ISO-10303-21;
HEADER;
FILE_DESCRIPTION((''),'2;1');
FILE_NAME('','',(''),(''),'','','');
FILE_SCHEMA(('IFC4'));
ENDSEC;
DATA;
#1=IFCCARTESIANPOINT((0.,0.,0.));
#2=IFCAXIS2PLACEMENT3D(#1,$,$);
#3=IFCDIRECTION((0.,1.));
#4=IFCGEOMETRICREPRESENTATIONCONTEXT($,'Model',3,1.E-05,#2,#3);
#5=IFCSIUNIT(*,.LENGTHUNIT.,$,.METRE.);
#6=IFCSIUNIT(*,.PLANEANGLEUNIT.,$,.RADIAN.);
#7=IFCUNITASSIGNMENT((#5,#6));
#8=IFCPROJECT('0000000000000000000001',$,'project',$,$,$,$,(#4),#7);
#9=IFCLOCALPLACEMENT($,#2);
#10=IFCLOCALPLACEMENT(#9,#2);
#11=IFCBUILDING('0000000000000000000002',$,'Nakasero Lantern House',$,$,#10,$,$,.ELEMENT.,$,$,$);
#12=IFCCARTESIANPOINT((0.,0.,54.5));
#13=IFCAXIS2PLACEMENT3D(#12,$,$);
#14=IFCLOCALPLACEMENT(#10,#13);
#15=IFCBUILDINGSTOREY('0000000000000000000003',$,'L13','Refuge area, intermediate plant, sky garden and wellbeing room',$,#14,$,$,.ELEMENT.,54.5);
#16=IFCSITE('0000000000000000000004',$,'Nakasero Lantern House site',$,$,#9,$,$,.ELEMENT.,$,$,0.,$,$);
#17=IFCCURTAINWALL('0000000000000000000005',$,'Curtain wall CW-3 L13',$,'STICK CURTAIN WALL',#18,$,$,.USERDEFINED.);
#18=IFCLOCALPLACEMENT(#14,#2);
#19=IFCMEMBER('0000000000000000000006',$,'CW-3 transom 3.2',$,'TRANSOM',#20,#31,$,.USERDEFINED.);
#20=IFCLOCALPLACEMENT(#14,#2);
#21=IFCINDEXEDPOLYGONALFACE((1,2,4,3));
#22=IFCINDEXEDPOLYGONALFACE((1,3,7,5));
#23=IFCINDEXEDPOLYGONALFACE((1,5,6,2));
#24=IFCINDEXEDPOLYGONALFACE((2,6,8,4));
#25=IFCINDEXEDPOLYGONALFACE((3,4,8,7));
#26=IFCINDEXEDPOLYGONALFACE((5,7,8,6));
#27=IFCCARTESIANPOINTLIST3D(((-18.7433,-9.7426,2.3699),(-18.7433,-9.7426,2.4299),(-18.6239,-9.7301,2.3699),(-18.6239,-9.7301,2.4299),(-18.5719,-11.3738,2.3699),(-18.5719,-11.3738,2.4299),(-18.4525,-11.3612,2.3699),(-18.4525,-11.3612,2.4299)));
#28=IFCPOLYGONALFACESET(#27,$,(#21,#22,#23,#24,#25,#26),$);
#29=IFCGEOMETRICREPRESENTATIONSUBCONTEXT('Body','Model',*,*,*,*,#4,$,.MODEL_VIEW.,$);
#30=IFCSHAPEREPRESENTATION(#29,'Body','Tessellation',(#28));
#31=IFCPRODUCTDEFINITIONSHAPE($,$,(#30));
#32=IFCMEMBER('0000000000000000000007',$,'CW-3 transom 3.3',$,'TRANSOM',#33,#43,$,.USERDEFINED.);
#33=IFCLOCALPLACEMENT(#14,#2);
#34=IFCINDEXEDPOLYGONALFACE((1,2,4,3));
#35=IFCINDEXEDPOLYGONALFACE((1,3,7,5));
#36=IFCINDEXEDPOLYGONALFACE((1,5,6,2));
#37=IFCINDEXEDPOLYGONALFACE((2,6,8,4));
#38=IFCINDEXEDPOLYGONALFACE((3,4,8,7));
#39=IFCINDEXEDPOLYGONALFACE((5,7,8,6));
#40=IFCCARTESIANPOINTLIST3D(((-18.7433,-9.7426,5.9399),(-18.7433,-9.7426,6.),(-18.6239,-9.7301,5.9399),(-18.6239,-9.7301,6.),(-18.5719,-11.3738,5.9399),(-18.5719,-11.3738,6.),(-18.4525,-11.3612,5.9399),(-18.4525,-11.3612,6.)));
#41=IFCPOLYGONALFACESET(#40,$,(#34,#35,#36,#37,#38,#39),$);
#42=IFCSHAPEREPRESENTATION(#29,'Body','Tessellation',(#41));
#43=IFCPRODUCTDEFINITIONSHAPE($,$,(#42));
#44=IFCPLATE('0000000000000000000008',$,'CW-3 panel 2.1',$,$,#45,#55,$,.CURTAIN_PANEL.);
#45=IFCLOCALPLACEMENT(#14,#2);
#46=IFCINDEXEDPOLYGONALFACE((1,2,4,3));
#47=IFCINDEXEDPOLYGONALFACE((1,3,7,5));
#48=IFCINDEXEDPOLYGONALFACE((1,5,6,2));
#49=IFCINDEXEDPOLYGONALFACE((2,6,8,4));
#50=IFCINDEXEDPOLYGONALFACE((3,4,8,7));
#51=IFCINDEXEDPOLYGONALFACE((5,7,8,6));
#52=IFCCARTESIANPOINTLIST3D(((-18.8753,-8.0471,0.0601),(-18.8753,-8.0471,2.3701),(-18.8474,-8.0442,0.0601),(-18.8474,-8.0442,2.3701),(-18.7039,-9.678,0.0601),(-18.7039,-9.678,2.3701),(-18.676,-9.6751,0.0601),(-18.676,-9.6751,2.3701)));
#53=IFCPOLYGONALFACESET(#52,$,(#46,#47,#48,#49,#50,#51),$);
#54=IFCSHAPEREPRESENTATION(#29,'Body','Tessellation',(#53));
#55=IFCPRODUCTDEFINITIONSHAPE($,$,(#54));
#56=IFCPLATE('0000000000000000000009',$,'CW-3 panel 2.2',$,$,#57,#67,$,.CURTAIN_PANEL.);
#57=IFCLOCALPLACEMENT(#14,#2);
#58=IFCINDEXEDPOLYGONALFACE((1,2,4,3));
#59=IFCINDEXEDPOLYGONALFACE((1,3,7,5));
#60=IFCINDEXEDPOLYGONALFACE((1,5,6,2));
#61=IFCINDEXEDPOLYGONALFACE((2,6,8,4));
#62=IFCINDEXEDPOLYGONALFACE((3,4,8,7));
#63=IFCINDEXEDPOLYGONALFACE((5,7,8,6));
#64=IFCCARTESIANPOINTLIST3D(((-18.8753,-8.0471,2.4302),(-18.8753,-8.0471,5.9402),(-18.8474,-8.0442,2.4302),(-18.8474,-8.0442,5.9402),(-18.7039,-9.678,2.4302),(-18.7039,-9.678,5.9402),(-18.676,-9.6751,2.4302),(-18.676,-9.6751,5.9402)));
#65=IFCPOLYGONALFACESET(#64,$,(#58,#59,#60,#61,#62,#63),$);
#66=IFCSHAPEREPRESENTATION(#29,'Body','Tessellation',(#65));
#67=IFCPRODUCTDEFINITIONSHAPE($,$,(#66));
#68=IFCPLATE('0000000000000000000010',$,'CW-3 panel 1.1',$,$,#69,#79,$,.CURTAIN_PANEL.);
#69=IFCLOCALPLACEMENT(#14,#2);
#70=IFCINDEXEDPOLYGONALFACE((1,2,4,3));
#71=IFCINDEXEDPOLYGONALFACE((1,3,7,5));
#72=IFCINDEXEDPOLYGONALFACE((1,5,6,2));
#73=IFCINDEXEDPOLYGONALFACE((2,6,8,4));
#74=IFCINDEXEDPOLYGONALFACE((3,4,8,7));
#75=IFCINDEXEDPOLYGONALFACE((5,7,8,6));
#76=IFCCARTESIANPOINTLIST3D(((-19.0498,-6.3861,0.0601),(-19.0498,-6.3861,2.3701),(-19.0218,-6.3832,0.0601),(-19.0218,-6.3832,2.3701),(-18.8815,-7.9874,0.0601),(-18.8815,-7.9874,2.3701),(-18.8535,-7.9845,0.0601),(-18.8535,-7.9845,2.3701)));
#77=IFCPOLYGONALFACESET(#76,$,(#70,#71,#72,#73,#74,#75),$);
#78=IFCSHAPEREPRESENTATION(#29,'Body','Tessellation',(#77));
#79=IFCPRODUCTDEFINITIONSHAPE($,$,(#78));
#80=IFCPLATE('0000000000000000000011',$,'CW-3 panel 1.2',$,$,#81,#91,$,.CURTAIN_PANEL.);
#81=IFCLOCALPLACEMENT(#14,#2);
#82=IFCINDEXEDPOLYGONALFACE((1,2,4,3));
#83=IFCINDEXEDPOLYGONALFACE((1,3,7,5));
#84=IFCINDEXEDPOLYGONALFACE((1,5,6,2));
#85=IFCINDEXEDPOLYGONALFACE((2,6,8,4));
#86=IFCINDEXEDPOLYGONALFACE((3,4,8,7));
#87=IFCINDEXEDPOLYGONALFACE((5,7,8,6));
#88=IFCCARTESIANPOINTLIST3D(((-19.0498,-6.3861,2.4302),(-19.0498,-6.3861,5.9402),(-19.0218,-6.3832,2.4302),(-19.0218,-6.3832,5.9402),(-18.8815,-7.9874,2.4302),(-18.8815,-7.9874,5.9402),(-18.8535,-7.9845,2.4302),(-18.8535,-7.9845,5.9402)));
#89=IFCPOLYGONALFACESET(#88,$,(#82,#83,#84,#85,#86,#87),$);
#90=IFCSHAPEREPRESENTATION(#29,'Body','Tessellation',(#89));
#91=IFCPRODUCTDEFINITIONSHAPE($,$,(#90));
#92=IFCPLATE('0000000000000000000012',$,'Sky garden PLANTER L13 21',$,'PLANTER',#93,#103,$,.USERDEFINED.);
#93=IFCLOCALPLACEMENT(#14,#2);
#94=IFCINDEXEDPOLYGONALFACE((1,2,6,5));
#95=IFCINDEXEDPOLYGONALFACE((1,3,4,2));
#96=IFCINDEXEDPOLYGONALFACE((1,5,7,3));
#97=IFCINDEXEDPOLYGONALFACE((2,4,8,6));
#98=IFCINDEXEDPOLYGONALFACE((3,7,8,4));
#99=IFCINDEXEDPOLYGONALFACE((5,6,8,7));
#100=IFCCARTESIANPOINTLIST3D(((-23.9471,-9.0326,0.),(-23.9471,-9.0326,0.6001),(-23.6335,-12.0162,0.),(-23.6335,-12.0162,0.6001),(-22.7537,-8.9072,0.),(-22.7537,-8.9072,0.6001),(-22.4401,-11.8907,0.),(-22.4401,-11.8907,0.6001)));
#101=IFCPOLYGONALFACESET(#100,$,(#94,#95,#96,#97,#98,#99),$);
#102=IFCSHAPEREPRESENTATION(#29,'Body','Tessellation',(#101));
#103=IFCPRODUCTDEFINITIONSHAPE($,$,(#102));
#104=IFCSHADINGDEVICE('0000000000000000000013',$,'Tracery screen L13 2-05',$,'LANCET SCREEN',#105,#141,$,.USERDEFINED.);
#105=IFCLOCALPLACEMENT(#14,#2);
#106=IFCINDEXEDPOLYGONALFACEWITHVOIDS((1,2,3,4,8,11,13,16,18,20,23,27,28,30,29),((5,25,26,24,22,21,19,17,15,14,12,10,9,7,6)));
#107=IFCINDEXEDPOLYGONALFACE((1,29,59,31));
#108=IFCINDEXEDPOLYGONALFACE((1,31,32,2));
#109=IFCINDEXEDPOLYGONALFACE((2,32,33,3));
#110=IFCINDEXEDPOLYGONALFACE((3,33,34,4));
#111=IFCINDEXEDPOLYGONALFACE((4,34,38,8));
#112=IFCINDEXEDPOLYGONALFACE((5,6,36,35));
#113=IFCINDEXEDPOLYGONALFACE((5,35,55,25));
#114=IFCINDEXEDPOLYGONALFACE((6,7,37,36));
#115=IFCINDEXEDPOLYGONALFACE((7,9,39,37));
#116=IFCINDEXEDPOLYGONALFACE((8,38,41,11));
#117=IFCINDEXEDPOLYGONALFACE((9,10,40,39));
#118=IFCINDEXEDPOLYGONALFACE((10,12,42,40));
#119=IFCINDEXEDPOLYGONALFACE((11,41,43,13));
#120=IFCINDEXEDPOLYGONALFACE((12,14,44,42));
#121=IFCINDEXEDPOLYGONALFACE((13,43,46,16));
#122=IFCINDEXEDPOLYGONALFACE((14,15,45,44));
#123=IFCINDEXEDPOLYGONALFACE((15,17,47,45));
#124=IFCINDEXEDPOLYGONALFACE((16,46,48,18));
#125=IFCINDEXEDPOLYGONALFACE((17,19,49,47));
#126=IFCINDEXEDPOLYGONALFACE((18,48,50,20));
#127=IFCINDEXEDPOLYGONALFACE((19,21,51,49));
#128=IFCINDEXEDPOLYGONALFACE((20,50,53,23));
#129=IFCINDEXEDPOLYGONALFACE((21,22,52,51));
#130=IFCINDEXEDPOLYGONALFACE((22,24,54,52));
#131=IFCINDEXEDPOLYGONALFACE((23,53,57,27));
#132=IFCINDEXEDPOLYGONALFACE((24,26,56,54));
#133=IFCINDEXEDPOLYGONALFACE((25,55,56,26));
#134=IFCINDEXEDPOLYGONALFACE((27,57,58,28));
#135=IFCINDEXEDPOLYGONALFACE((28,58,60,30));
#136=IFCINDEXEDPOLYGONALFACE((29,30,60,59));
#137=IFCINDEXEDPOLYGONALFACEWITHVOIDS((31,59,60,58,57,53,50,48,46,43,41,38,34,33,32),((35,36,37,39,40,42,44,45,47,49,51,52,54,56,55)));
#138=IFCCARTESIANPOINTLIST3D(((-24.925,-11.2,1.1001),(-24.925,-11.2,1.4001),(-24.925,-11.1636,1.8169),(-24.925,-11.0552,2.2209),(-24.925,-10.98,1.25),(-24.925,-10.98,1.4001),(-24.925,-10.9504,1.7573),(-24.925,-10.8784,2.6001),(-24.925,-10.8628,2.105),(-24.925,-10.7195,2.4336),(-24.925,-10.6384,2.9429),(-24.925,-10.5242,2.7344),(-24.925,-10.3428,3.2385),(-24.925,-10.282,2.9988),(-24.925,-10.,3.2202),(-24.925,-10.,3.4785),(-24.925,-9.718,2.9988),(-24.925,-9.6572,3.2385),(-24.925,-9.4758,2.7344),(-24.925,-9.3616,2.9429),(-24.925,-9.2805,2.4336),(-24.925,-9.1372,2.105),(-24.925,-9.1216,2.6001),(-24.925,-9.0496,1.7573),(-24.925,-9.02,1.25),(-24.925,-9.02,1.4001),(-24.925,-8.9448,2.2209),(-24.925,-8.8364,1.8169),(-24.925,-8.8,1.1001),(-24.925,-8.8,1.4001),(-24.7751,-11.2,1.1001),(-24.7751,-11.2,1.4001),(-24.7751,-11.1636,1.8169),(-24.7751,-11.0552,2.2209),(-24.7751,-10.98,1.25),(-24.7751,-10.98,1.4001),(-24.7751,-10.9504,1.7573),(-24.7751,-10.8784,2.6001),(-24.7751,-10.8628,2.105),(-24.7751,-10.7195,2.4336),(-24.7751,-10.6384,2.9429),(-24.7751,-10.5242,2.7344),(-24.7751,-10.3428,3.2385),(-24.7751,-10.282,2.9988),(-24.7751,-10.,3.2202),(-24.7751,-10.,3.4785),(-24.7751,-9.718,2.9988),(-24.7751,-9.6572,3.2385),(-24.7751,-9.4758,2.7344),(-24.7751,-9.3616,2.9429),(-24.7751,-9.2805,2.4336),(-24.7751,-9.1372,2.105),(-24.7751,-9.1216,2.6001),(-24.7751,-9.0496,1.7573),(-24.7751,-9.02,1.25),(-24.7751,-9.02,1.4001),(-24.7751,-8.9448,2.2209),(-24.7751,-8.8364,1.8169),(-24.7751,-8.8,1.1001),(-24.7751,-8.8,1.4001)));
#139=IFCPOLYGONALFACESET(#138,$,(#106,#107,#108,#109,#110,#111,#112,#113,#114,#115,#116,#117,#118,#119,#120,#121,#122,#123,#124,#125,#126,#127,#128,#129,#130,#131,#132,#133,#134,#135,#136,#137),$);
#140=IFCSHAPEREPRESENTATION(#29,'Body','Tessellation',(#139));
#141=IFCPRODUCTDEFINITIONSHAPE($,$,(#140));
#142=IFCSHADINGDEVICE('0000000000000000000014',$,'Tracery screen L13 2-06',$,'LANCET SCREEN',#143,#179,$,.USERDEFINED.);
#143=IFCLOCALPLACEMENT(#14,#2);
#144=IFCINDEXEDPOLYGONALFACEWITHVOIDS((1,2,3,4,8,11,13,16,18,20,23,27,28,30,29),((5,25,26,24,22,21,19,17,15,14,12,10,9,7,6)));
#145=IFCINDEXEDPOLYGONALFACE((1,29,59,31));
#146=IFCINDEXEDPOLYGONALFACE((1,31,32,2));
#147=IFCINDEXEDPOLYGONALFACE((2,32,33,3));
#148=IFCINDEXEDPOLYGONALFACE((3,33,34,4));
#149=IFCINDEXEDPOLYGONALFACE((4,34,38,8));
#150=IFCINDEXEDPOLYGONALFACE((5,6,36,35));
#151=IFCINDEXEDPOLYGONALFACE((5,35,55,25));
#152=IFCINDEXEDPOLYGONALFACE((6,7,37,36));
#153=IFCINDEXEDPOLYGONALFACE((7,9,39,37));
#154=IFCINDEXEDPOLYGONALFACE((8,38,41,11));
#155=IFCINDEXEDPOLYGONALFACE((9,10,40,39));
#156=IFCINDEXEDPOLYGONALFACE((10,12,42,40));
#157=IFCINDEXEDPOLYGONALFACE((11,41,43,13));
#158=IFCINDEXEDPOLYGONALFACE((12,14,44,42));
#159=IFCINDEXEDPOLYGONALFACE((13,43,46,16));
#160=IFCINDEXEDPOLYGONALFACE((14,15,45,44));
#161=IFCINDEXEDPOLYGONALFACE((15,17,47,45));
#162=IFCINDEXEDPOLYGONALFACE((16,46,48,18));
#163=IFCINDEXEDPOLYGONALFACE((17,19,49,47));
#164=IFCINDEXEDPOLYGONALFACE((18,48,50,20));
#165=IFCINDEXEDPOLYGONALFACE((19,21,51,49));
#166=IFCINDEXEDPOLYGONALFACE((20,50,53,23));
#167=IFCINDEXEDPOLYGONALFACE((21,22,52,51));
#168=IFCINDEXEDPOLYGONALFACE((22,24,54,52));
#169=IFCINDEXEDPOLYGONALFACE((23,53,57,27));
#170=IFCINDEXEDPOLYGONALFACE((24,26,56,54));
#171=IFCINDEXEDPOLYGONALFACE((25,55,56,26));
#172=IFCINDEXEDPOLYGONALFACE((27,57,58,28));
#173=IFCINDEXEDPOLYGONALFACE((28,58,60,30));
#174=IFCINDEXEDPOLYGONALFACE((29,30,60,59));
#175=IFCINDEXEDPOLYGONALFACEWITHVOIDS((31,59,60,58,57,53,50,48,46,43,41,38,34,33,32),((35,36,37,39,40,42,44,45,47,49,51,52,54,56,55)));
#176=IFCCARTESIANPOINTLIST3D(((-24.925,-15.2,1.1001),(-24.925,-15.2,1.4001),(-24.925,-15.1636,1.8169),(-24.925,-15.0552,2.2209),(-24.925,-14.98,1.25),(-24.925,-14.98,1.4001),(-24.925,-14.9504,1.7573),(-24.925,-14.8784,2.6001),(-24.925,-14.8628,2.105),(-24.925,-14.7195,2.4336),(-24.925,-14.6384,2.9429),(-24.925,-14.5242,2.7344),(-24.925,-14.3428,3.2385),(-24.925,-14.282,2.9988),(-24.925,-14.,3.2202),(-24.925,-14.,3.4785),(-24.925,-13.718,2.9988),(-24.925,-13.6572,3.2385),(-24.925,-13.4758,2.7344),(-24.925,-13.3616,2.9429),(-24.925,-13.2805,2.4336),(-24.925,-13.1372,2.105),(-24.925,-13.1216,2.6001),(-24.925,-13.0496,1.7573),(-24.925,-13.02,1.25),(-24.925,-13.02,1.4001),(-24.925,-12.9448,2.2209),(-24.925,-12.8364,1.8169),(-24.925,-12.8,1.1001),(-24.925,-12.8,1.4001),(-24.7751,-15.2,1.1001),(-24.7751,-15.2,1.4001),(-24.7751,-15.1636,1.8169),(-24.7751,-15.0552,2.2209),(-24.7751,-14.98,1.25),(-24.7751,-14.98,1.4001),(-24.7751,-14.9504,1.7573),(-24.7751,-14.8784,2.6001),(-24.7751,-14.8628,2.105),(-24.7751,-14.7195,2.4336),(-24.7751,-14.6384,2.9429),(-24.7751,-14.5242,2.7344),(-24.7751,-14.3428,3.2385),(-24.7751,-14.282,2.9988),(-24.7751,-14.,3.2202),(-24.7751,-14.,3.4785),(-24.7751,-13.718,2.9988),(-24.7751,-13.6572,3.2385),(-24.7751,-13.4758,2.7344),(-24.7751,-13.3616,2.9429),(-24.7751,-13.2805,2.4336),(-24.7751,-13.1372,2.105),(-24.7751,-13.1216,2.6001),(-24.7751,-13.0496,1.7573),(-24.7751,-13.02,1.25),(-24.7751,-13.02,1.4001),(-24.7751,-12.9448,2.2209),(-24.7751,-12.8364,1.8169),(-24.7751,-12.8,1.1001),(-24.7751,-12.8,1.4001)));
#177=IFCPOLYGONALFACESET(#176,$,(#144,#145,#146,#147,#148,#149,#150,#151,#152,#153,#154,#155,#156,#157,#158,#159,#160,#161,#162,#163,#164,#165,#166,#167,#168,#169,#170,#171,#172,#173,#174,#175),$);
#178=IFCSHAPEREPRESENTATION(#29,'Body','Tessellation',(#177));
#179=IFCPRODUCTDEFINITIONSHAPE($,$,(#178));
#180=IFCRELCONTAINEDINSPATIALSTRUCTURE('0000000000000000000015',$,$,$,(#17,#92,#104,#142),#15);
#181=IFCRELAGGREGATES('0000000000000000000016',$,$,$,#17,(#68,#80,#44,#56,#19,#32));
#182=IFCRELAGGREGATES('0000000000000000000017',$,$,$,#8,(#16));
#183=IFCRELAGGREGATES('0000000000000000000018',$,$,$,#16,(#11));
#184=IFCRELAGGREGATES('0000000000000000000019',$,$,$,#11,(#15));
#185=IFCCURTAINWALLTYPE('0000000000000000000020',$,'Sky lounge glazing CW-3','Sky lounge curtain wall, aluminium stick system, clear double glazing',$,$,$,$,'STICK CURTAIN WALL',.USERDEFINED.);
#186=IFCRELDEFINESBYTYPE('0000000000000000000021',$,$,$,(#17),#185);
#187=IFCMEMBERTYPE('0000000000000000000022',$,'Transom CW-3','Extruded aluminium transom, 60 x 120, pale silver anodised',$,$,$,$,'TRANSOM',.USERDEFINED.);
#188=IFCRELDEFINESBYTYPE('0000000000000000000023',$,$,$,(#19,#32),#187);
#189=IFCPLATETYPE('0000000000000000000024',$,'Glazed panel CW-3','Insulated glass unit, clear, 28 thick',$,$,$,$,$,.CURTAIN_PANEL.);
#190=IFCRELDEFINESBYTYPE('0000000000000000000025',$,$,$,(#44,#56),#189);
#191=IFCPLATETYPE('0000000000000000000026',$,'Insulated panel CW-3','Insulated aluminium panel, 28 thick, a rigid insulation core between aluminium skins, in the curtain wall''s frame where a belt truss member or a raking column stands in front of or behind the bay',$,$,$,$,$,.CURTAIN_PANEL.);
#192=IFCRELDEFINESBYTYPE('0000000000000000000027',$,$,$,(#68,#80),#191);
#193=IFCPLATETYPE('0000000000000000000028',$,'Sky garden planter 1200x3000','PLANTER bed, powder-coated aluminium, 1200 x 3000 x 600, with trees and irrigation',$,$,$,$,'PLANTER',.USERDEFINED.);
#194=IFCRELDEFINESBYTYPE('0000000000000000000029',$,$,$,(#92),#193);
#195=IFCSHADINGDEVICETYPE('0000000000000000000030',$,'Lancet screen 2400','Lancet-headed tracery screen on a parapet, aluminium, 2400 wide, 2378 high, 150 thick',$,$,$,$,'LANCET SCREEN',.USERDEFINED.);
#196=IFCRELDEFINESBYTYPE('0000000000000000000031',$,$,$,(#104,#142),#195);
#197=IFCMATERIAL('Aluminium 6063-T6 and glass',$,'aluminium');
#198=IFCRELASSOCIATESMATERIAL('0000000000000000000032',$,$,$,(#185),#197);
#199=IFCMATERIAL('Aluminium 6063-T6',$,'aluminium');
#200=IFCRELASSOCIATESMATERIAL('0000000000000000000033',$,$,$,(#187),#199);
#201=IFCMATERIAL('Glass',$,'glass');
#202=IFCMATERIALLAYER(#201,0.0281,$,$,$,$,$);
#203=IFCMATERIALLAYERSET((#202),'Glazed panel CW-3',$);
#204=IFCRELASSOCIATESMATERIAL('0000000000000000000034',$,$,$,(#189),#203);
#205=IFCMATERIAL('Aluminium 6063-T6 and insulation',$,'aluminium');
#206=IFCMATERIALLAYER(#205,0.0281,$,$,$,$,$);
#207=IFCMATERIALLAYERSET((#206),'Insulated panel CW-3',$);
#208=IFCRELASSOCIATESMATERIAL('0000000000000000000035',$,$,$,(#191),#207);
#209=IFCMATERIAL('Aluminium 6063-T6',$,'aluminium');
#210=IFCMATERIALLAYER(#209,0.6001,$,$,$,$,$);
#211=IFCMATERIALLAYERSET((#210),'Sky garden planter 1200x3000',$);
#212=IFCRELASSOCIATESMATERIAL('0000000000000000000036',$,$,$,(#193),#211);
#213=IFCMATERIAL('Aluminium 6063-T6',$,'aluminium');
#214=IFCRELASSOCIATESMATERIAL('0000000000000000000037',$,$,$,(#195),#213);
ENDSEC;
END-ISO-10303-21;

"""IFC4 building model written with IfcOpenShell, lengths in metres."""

from ifc_helpers import new_model, si_unit, direction, frame, origin, origin_2d, place, context, subcontext, project, spatial, polyline, rectangle, outline, extrude, material, layer, layer_set, material_profile, profile_set, type_object, element, aggregate, save


model = new_model("IFC4")

# Units and contexts
model_context = context("Model", 3, precision=1e-05, world=origin(), true_north=direction((0.0, 1.0)))
body_context = subcontext(model_context, "Body", "Model", "MODEL_VIEW")
ifc_project = project(units=[si_unit("LENGTHUNIT", "METRE"), si_unit("PLANEANGLEUNIT", "RADIAN")], contexts=[model_context])

# Site, building, storey
site_placement = place(None, origin())
site = spatial("IfcSite", under=ifc_project, at=site_placement, Name="Nakasero Lantern House site", CompositionType="ELEMENT", RefElevation=0.0)
building_placement = place(site_placement, origin())
building = spatial("IfcBuilding", under=site, at=building_placement, Name="Nakasero Lantern House", CompositionType="ELEMENT")
storey_placement = place(building_placement, frame((0.0, 0.0, 54.5)))
storey = spatial("IfcBuildingStorey", under=building, at=storey_placement, Name="L13", Description="Refuge area, intermediate plant, sky garden and wellbeing room", CompositionType="ELEMENT", Elevation=54.5)

# Curtain wall
ifc_material_1 = material(Name="Aluminium 6063-T6 and glass", Category="aluminium")
curtain_wall_type = type_object("IfcCurtainWallType", Name="Sky lounge glazing CW-3", Description="Sky lounge curtain wall, aluminium stick system, clear double glazing", ElementType="STICK CURTAIN WALL", PredefinedType="USERDEFINED", material=ifc_material_1)
curtain_wall_placement = place(storey_placement, origin())
curtain_wall = element("IfcCurtainWall", 1, at=curtain_wall_placement, inside=storey, type_object=curtain_wall_type, Name="Curtain wall CW-3 L13", ObjectType="STICK CURTAIN WALL", PredefinedType="USERDEFINED")

# Members
ifc_material_2 = material(Name="Aluminium 6063-T6", Category="aluminium")
ifc_material_profile_1 = material_profile(ifc_material_2, rectangle(XDim=0.0601, YDim=0.1201, at=origin_2d()), Name="CW-3 transom 60x120")
ifc_profile_set_1 = profile_set([ifc_material_profile_1], Name="Aluminium 6063-T6")
member_type_1 = type_object("IfcMemberType", Name="Transom CW-3", Description="Extruded aluminium transom, 60 x 120, pale silver anodised", ElementType="TRANSOM", PredefinedType="USERDEFINED", material=ifc_profile_set_1)
member_1_placement = place(storey_placement, frame((-18.6836, -9.7363, 2.3999), z_axis=(0.104499, -0.994525, 0.0), x_axis=(0.0, 0.0, 1.0)))
member_1 = element("IfcMember", 2, at=member_1_placement, type_object=member_type_1, Name="CW-3 transom 3.2", ObjectType="TRANSOM", PredefinedType="USERDEFINED", context=body_context, shape_type="SweptSolid", body=[
    extrude(rectangle(XDim=0.0601, YDim=0.1201, at=origin_2d()), origin(), (0.0, 0.0, 1.0), 1.6401),
])
member_2_placement = place(storey_placement, frame((-18.6836, -9.7363, 5.97), z_axis=(0.104499, -0.994525, 0.0), x_axis=(0.0, 0.0, 1.0)))
member_2 = element("IfcMember", 3, at=member_2_placement, type_object=member_type_1, Name="CW-3 transom 3.3", ObjectType="TRANSOM", PredefinedType="USERDEFINED", context=body_context, shape_type="SweptSolid", body=[
    extrude(rectangle(XDim=0.0601, YDim=0.1201, at=origin_2d()), origin(), (0.0, 0.0, 1.0), 1.6401),
])

# Plates
ifc_material_3 = material(Name="Glass", Category="glass")
ifc_layer_1 = layer(ifc_material_3, 0.0281)
ifc_layer_set_1 = layer_set([ifc_layer_1], Name="Glazed panel CW-3")
plate_type_1 = type_object("IfcPlateType", Name="Glazed panel CW-3", Description="Insulated glass unit, clear, 28 thick", PredefinedType="CURTAIN_PANEL", material=ifc_layer_set_1)
plate_1_placement = place(storey_placement, frame((-18.7756, -8.8611, 0.0601), z_axis=(0.0, 0.0, 1.0), x_axis=(0.104528, -0.994522, 0.0)))
plate_1 = element("IfcPlate", 4, at=plate_1_placement, type_object=plate_type_1, Name="CW-3 panel 2.1", PredefinedType="CURTAIN_PANEL", context=body_context, shape_type="SweptSolid", body=[
    extrude(rectangle(XDim=1.6399, YDim=0.0281, at=origin_2d()), origin(), (0.0, 0.0, 1.0), 2.3101),
])
plate_2_placement = place(storey_placement, frame((-18.7756, -8.8611, 2.4302), z_axis=(0.0, 0.0, 1.0), x_axis=(0.104528, -0.994522, 0.0)))
plate_2 = element("IfcPlate", 5, at=plate_2_placement, type_object=plate_type_1, Name="CW-3 panel 2.2", PredefinedType="CURTAIN_PANEL", context=body_context, shape_type="SweptSolid", body=[
    extrude(rectangle(XDim=1.6399, YDim=0.0281, at=origin_2d()), origin(), (0.0, 0.0, 1.0), 3.51),
])
ifc_material_4 = material(Name="Aluminium 6063-T6 and insulation", Category="aluminium")
ifc_layer_2 = layer(ifc_material_4, 0.0281)
ifc_layer_set_2 = layer_set([ifc_layer_2], Name="Insulated panel CW-3")
plate_type_2 = type_object("IfcPlateType", Name="Insulated panel CW-3", Description="Insulated aluminium panel, 28 thick, a rigid insulation core between aluminium skins, in the curtain wall's frame where a belt truss member or a raking column stands in front of or behind the bay", PredefinedType="CURTAIN_PANEL", material=ifc_layer_set_2)
plate_3_placement = place(storey_placement, frame((-18.9517, -7.1853, 0.0601), z_axis=(0.0, 0.0, 1.0), x_axis=(0.104528, -0.994522, 0.0)))
plate_3 = element("IfcPlate", 6, at=plate_3_placement, type_object=plate_type_2, Name="CW-3 panel 1.1", PredefinedType="CURTAIN_PANEL", context=body_context, shape_type="SweptSolid", body=[
    extrude(rectangle(XDim=1.6101, YDim=0.0281, at=origin_2d()), origin(), (0.0, 0.0, 1.0), 2.3101),
])
plate_4_placement = place(storey_placement, frame((-18.9517, -7.1853, 2.4302), z_axis=(0.0, 0.0, 1.0), x_axis=(0.104528, -0.994522, 0.0)))
plate_4 = element("IfcPlate", 7, at=plate_4_placement, type_object=plate_type_2, Name="CW-3 panel 1.2", PredefinedType="CURTAIN_PANEL", context=body_context, shape_type="SweptSolid", body=[
    extrude(rectangle(XDim=1.6101, YDim=0.0281, at=origin_2d()), origin(), (0.0, 0.0, 1.0), 3.51),
])
aggregate(curtain_wall, [plate_3, plate_4, plate_1, plate_2, member_1, member_2])
ifc_material_5 = material(Name="Aluminium 6063-T6", Category="aluminium")
ifc_layer_3 = layer(ifc_material_5, 0.6001)
ifc_layer_set_3 = layer_set([ifc_layer_3], Name="Sky garden planter 1200x3000")
plate_type_3 = type_object("IfcPlateType", Name="Sky garden planter 1200x3000", Description="PLANTER bed, powder-coated aluminium, 1200 x 3000 x 600, with trees and irrigation", ElementType="PLANTER", PredefinedType="USERDEFINED", material=ifc_layer_set_3)
plate_5_placement = place(storey_placement, frame((-23.1936, -10.4617, 0.0), z_axis=(0.0, 0.0, 1.0), x_axis=(-0.994522, -0.104528, 0.0)))
element("IfcPlate", 8, at=plate_5_placement, inside=storey, type_object=plate_type_3, Name="Sky garden PLANTER L13 21", ObjectType="PLANTER", PredefinedType="USERDEFINED", context=body_context, shape_type="SweptSolid", body=[
    extrude(rectangle(XDim=1.2, YDim=3.0, at=origin_2d()), origin(), (0.0, 0.0, 1.0), 0.6001),
])

# Shading devices
ifc_material_6 = material(Name="Aluminium 6063-T6", Category="aluminium")
shading_device_type = type_object("IfcShadingDeviceType", Name="Lancet screen 2400", Description="Lancet-headed tracery screen on a parapet, aluminium, 2400 wide, 2378 high, 150 thick", ElementType="LANCET SCREEN", PredefinedType="USERDEFINED", material=ifc_material_6)
for number, where, z_axis, x_axis, name in (
    (9, (-24.8501, -10.0, 1.1001), (0.0, 0.0, 1.0), (0.0, -1.0, 0.0), "Tracery screen L13 2-05"),
    (10, (-24.8501, -14.0, 1.1001), (0.0, 0.0, 1.0), (0.0, -1.0, 0.0), "Tracery screen L13 2-06"),
):
    element("IfcShadingDevice", number, at=place(storey_placement, frame(where, z_axis=z_axis, x_axis=x_axis)), inside=storey, type_object=shading_device_type, Name=name, ObjectType="LANCET SCREEN", PredefinedType="USERDEFINED", context=body_context, shape_type="SweptSolid", body=[
        extrude(outline(polyline([(-1.2, 0.0), (1.2, 0.0), (1.2, 0.3), (1.1636, 0.7168), (1.0552, 1.1208), (0.8784, 1.5), (0.6384, 1.8428), (0.3428, 2.1384), (0.0, 2.3784), (-0.3428, 2.1384), (-0.6384, 1.8428), (-0.8784, 1.5), (-1.0552, 1.1208), (-1.1636, 0.7168), (-1.2, 0.3), (-1.2, 0.0)]), holes=[polyline([(-0.98, 0.1499), (0.98, 0.1499), (0.98, 0.3), (0.9504, 0.6572), (0.8628, 1.0049), (0.7195, 1.3335), (0.5242, 1.6343), (0.282, 1.8987), (0.0, 2.1201), (-0.282, 1.8987), (-0.5242, 1.6343), (-0.7195, 1.3335), (-0.8628, 1.0049), (-0.9504, 0.6572), (-0.98, 0.3), (-0.98, 0.1499)])]), frame((0.0, 0.075, 0.0), z_axis=(0.0, -1.0, 0.0), x_axis=(1.0, 0.0, 0.0)), (0.0, 0.0, 1.0), 0.1499),
    ])

save(model, "model.ifc")
